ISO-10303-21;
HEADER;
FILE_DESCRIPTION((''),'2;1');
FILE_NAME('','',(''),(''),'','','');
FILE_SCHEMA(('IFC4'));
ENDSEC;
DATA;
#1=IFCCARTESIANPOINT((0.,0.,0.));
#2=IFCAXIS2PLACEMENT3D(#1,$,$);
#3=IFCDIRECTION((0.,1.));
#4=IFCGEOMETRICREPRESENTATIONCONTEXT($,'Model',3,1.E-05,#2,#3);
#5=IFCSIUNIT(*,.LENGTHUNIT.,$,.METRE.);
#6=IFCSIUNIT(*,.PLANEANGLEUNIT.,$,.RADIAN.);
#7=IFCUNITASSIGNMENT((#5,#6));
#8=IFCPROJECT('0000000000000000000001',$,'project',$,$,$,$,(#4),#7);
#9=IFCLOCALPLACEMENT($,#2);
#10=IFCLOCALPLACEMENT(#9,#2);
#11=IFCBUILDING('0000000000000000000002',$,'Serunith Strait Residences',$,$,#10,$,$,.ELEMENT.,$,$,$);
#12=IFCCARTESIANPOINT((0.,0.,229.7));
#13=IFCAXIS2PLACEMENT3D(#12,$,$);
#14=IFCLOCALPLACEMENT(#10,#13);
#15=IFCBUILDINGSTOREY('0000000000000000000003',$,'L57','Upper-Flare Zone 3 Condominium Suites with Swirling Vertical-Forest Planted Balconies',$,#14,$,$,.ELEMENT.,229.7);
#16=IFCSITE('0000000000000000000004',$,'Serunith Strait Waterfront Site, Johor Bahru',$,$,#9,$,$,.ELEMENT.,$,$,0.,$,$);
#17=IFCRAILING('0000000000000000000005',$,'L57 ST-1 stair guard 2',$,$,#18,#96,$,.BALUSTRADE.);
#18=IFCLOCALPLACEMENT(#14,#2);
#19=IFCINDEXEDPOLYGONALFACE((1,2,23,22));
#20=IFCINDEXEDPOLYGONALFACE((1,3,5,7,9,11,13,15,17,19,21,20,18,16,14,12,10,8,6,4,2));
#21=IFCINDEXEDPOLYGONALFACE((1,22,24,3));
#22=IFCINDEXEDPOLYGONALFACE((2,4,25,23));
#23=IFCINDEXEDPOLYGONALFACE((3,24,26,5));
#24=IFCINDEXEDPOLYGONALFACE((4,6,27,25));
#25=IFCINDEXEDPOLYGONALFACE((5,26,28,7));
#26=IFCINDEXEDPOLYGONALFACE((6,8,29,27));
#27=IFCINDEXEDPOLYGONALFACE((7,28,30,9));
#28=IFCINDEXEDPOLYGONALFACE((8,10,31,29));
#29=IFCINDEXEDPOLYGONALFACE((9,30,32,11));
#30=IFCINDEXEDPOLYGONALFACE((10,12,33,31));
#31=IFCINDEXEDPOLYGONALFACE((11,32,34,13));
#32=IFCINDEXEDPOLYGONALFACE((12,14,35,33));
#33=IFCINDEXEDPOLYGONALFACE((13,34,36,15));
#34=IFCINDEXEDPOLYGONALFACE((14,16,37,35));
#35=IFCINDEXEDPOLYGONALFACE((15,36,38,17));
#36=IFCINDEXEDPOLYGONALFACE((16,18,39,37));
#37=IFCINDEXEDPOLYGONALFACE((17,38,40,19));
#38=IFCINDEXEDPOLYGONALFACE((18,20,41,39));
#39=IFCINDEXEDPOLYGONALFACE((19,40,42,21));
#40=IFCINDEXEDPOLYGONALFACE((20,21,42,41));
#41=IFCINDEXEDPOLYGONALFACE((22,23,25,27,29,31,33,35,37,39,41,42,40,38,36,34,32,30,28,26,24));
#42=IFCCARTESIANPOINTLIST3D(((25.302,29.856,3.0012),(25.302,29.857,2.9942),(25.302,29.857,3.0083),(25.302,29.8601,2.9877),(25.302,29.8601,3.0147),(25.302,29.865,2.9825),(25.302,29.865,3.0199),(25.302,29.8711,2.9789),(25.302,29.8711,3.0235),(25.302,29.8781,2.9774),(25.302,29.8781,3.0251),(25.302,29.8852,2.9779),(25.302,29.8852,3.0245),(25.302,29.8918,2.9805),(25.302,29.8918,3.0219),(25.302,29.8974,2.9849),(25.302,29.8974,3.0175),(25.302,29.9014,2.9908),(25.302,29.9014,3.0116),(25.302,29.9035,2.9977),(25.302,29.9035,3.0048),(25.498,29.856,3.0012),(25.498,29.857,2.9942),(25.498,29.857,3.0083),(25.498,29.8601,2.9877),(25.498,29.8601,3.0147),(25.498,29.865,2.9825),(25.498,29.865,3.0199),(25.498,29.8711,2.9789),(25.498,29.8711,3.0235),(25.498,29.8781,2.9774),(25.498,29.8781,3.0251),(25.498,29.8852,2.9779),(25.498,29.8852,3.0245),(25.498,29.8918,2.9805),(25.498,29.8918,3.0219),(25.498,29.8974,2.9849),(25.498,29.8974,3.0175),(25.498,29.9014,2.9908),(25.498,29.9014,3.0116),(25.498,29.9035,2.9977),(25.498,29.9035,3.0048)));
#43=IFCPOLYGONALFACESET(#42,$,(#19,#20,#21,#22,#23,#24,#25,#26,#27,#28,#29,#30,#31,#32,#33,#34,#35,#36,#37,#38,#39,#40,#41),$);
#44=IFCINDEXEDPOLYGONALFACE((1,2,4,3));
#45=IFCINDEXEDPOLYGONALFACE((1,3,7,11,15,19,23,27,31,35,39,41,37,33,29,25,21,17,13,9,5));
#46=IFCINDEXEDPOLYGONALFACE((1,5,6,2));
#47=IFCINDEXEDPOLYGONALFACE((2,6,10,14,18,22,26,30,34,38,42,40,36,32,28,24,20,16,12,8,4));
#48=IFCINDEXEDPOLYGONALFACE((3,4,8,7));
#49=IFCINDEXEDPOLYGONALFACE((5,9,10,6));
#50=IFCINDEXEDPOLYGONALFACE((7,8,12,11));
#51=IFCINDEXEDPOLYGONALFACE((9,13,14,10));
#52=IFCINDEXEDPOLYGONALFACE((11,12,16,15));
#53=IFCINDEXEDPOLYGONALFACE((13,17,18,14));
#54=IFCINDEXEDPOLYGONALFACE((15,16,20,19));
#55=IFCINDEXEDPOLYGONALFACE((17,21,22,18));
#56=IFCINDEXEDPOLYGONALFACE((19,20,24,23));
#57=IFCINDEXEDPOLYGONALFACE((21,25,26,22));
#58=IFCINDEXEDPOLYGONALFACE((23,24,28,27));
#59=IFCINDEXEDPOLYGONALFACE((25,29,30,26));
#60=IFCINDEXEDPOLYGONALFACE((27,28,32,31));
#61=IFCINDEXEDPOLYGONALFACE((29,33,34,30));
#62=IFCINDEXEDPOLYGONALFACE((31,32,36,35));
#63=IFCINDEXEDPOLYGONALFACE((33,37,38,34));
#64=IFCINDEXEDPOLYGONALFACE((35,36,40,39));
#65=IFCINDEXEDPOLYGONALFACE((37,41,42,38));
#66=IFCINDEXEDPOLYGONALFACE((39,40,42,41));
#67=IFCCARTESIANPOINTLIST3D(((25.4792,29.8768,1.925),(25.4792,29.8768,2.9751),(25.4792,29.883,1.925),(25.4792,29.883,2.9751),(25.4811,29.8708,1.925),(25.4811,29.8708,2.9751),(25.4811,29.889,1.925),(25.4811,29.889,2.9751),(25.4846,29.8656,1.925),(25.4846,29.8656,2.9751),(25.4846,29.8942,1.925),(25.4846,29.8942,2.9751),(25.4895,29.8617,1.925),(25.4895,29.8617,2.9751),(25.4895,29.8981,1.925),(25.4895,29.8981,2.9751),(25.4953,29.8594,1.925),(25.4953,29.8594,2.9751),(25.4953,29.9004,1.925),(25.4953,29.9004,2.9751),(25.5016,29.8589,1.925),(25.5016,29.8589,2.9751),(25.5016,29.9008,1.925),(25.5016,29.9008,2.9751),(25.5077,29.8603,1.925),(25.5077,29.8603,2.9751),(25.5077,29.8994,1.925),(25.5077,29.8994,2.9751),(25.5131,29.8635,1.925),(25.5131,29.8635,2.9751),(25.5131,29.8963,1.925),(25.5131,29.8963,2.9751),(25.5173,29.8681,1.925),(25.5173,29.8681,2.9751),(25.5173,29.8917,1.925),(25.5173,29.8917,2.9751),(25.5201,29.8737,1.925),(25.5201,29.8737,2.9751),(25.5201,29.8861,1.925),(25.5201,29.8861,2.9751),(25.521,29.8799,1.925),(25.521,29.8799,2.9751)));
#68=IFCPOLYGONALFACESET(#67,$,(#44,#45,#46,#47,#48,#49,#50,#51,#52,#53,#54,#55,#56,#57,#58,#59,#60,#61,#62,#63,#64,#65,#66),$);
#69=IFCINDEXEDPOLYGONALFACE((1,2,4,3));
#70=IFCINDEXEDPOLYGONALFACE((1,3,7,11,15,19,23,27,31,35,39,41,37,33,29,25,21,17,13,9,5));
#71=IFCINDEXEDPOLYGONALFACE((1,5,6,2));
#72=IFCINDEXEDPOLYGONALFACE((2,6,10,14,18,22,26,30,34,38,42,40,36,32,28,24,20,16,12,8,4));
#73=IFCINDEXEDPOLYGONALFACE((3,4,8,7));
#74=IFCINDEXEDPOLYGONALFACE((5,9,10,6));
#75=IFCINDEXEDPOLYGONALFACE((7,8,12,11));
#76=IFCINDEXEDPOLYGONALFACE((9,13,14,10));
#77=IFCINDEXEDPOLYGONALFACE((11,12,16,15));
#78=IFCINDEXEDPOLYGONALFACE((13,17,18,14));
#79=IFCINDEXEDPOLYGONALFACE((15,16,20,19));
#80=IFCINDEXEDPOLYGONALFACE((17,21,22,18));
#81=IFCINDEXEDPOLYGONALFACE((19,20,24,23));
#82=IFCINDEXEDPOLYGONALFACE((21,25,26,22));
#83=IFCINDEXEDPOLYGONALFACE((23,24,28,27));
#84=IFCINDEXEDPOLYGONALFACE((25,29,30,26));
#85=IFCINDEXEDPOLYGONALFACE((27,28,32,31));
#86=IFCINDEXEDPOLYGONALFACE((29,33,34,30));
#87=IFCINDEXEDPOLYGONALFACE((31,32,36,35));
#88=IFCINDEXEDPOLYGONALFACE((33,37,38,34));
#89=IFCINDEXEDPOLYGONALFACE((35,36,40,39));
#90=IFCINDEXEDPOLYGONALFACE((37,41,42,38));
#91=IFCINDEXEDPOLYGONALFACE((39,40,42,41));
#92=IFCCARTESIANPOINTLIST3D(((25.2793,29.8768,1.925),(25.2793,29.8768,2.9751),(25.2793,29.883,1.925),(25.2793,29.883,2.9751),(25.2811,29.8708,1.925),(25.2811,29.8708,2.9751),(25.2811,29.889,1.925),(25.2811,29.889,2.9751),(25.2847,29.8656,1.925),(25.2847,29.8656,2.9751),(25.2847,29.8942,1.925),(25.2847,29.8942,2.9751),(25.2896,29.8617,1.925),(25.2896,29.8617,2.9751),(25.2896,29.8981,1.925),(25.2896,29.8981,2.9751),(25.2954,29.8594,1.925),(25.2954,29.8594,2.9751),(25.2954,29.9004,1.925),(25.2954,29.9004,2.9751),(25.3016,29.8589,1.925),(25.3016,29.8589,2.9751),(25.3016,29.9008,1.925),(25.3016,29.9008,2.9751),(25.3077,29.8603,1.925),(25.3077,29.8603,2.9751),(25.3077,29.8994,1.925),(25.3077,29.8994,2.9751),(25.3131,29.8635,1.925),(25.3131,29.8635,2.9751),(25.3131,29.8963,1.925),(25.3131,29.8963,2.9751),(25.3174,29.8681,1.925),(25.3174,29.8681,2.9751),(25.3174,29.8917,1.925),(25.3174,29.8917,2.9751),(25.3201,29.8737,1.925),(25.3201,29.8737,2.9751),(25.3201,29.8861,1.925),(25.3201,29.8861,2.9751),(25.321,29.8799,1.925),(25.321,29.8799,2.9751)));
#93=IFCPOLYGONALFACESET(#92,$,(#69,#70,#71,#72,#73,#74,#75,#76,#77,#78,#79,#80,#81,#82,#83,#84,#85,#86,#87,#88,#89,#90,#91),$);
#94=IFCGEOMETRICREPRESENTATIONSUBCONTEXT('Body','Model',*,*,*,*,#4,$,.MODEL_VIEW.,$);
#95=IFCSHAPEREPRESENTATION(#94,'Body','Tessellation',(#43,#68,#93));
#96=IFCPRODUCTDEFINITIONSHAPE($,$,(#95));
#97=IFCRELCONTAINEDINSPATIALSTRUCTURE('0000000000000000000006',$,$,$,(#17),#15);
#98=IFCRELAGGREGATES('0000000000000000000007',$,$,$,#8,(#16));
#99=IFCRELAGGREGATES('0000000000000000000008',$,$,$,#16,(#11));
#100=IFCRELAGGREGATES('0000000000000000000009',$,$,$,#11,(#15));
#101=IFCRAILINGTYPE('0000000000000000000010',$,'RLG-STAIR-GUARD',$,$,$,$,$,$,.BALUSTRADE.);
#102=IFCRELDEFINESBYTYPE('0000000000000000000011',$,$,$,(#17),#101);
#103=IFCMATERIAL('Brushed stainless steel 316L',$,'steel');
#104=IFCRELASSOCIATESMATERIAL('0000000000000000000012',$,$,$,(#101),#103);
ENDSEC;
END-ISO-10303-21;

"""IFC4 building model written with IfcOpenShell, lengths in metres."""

from ifc_helpers import new_model, si_unit, direction, frame, origin, origin_2d, place, context, subcontext, project, spatial, circle, extrude, material, type_object, element, save


model = new_model("IFC4")

# Units and contexts
model_context = context("Model", 3, precision=1e-05, world=origin(), true_north=direction((0.0, 1.0)))
body_context = subcontext(model_context, "Body", "Model", "MODEL_VIEW")
ifc_project = project(units=[si_unit("LENGTHUNIT", "METRE"), si_unit("PLANEANGLEUNIT", "RADIAN")], contexts=[model_context])

# Site, building, storey
site_placement = place(None, origin())
site = spatial("IfcSite", under=ifc_project, at=site_placement, Name="Serunith Strait Waterfront Site, Johor Bahru", CompositionType="ELEMENT", RefElevation=0.0)
building_placement = place(site_placement, origin())
building = spatial("IfcBuilding", under=site, at=building_placement, Name="Serunith Strait Residences", CompositionType="ELEMENT")
storey_placement = place(building_placement, frame((0.0, 0.0, 229.7)))
storey = spatial("IfcBuildingStorey", under=building, at=storey_placement, Name="L57", Description="Upper-Flare Zone 3 Condominium Suites with Swirling Vertical-Forest Planted Balconies", CompositionType="ELEMENT", Elevation=229.7)

# Railing
ifc_material_1 = material(Name="Brushed stainless steel 316L", Category="steel")
railing_type_1 = type_object("IfcRailingType", Name="RLG-STAIR-GUARD", PredefinedType="BALUSTRADE", material=ifc_material_1)
railing_1_placement = place(storey_placement, frame((25.5, 29.8799, 1.925)))
element("IfcRailing", 1, at=railing_1_placement, inside=storey, type_object=railing_type_1, Name="L57 ST-1 stair guard 2", PredefinedType="BALUSTRADE", context=body_context, shape_type="SweptSolid", body=[
    extrude(circle(Radius=0.0239, at=origin_2d()), frame((-0.002, 0.0, 1.0762), z_axis=(-1.0, 0.0, 0.0), x_axis=(0.0, -1.0, 0.0)), (0.0, 0.0, 1.0), 0.196),
    extrude(circle(Radius=0.021, at=origin_2d()), origin(), (0.0, 0.0, 1.0), 1.05),
    extrude(circle(Radius=0.021, at=origin_2d()), frame((-0.2, 0.0, 0.0)), (0.0, 0.0, 1.0), 1.05),
])

save(model, "model.ifc")
